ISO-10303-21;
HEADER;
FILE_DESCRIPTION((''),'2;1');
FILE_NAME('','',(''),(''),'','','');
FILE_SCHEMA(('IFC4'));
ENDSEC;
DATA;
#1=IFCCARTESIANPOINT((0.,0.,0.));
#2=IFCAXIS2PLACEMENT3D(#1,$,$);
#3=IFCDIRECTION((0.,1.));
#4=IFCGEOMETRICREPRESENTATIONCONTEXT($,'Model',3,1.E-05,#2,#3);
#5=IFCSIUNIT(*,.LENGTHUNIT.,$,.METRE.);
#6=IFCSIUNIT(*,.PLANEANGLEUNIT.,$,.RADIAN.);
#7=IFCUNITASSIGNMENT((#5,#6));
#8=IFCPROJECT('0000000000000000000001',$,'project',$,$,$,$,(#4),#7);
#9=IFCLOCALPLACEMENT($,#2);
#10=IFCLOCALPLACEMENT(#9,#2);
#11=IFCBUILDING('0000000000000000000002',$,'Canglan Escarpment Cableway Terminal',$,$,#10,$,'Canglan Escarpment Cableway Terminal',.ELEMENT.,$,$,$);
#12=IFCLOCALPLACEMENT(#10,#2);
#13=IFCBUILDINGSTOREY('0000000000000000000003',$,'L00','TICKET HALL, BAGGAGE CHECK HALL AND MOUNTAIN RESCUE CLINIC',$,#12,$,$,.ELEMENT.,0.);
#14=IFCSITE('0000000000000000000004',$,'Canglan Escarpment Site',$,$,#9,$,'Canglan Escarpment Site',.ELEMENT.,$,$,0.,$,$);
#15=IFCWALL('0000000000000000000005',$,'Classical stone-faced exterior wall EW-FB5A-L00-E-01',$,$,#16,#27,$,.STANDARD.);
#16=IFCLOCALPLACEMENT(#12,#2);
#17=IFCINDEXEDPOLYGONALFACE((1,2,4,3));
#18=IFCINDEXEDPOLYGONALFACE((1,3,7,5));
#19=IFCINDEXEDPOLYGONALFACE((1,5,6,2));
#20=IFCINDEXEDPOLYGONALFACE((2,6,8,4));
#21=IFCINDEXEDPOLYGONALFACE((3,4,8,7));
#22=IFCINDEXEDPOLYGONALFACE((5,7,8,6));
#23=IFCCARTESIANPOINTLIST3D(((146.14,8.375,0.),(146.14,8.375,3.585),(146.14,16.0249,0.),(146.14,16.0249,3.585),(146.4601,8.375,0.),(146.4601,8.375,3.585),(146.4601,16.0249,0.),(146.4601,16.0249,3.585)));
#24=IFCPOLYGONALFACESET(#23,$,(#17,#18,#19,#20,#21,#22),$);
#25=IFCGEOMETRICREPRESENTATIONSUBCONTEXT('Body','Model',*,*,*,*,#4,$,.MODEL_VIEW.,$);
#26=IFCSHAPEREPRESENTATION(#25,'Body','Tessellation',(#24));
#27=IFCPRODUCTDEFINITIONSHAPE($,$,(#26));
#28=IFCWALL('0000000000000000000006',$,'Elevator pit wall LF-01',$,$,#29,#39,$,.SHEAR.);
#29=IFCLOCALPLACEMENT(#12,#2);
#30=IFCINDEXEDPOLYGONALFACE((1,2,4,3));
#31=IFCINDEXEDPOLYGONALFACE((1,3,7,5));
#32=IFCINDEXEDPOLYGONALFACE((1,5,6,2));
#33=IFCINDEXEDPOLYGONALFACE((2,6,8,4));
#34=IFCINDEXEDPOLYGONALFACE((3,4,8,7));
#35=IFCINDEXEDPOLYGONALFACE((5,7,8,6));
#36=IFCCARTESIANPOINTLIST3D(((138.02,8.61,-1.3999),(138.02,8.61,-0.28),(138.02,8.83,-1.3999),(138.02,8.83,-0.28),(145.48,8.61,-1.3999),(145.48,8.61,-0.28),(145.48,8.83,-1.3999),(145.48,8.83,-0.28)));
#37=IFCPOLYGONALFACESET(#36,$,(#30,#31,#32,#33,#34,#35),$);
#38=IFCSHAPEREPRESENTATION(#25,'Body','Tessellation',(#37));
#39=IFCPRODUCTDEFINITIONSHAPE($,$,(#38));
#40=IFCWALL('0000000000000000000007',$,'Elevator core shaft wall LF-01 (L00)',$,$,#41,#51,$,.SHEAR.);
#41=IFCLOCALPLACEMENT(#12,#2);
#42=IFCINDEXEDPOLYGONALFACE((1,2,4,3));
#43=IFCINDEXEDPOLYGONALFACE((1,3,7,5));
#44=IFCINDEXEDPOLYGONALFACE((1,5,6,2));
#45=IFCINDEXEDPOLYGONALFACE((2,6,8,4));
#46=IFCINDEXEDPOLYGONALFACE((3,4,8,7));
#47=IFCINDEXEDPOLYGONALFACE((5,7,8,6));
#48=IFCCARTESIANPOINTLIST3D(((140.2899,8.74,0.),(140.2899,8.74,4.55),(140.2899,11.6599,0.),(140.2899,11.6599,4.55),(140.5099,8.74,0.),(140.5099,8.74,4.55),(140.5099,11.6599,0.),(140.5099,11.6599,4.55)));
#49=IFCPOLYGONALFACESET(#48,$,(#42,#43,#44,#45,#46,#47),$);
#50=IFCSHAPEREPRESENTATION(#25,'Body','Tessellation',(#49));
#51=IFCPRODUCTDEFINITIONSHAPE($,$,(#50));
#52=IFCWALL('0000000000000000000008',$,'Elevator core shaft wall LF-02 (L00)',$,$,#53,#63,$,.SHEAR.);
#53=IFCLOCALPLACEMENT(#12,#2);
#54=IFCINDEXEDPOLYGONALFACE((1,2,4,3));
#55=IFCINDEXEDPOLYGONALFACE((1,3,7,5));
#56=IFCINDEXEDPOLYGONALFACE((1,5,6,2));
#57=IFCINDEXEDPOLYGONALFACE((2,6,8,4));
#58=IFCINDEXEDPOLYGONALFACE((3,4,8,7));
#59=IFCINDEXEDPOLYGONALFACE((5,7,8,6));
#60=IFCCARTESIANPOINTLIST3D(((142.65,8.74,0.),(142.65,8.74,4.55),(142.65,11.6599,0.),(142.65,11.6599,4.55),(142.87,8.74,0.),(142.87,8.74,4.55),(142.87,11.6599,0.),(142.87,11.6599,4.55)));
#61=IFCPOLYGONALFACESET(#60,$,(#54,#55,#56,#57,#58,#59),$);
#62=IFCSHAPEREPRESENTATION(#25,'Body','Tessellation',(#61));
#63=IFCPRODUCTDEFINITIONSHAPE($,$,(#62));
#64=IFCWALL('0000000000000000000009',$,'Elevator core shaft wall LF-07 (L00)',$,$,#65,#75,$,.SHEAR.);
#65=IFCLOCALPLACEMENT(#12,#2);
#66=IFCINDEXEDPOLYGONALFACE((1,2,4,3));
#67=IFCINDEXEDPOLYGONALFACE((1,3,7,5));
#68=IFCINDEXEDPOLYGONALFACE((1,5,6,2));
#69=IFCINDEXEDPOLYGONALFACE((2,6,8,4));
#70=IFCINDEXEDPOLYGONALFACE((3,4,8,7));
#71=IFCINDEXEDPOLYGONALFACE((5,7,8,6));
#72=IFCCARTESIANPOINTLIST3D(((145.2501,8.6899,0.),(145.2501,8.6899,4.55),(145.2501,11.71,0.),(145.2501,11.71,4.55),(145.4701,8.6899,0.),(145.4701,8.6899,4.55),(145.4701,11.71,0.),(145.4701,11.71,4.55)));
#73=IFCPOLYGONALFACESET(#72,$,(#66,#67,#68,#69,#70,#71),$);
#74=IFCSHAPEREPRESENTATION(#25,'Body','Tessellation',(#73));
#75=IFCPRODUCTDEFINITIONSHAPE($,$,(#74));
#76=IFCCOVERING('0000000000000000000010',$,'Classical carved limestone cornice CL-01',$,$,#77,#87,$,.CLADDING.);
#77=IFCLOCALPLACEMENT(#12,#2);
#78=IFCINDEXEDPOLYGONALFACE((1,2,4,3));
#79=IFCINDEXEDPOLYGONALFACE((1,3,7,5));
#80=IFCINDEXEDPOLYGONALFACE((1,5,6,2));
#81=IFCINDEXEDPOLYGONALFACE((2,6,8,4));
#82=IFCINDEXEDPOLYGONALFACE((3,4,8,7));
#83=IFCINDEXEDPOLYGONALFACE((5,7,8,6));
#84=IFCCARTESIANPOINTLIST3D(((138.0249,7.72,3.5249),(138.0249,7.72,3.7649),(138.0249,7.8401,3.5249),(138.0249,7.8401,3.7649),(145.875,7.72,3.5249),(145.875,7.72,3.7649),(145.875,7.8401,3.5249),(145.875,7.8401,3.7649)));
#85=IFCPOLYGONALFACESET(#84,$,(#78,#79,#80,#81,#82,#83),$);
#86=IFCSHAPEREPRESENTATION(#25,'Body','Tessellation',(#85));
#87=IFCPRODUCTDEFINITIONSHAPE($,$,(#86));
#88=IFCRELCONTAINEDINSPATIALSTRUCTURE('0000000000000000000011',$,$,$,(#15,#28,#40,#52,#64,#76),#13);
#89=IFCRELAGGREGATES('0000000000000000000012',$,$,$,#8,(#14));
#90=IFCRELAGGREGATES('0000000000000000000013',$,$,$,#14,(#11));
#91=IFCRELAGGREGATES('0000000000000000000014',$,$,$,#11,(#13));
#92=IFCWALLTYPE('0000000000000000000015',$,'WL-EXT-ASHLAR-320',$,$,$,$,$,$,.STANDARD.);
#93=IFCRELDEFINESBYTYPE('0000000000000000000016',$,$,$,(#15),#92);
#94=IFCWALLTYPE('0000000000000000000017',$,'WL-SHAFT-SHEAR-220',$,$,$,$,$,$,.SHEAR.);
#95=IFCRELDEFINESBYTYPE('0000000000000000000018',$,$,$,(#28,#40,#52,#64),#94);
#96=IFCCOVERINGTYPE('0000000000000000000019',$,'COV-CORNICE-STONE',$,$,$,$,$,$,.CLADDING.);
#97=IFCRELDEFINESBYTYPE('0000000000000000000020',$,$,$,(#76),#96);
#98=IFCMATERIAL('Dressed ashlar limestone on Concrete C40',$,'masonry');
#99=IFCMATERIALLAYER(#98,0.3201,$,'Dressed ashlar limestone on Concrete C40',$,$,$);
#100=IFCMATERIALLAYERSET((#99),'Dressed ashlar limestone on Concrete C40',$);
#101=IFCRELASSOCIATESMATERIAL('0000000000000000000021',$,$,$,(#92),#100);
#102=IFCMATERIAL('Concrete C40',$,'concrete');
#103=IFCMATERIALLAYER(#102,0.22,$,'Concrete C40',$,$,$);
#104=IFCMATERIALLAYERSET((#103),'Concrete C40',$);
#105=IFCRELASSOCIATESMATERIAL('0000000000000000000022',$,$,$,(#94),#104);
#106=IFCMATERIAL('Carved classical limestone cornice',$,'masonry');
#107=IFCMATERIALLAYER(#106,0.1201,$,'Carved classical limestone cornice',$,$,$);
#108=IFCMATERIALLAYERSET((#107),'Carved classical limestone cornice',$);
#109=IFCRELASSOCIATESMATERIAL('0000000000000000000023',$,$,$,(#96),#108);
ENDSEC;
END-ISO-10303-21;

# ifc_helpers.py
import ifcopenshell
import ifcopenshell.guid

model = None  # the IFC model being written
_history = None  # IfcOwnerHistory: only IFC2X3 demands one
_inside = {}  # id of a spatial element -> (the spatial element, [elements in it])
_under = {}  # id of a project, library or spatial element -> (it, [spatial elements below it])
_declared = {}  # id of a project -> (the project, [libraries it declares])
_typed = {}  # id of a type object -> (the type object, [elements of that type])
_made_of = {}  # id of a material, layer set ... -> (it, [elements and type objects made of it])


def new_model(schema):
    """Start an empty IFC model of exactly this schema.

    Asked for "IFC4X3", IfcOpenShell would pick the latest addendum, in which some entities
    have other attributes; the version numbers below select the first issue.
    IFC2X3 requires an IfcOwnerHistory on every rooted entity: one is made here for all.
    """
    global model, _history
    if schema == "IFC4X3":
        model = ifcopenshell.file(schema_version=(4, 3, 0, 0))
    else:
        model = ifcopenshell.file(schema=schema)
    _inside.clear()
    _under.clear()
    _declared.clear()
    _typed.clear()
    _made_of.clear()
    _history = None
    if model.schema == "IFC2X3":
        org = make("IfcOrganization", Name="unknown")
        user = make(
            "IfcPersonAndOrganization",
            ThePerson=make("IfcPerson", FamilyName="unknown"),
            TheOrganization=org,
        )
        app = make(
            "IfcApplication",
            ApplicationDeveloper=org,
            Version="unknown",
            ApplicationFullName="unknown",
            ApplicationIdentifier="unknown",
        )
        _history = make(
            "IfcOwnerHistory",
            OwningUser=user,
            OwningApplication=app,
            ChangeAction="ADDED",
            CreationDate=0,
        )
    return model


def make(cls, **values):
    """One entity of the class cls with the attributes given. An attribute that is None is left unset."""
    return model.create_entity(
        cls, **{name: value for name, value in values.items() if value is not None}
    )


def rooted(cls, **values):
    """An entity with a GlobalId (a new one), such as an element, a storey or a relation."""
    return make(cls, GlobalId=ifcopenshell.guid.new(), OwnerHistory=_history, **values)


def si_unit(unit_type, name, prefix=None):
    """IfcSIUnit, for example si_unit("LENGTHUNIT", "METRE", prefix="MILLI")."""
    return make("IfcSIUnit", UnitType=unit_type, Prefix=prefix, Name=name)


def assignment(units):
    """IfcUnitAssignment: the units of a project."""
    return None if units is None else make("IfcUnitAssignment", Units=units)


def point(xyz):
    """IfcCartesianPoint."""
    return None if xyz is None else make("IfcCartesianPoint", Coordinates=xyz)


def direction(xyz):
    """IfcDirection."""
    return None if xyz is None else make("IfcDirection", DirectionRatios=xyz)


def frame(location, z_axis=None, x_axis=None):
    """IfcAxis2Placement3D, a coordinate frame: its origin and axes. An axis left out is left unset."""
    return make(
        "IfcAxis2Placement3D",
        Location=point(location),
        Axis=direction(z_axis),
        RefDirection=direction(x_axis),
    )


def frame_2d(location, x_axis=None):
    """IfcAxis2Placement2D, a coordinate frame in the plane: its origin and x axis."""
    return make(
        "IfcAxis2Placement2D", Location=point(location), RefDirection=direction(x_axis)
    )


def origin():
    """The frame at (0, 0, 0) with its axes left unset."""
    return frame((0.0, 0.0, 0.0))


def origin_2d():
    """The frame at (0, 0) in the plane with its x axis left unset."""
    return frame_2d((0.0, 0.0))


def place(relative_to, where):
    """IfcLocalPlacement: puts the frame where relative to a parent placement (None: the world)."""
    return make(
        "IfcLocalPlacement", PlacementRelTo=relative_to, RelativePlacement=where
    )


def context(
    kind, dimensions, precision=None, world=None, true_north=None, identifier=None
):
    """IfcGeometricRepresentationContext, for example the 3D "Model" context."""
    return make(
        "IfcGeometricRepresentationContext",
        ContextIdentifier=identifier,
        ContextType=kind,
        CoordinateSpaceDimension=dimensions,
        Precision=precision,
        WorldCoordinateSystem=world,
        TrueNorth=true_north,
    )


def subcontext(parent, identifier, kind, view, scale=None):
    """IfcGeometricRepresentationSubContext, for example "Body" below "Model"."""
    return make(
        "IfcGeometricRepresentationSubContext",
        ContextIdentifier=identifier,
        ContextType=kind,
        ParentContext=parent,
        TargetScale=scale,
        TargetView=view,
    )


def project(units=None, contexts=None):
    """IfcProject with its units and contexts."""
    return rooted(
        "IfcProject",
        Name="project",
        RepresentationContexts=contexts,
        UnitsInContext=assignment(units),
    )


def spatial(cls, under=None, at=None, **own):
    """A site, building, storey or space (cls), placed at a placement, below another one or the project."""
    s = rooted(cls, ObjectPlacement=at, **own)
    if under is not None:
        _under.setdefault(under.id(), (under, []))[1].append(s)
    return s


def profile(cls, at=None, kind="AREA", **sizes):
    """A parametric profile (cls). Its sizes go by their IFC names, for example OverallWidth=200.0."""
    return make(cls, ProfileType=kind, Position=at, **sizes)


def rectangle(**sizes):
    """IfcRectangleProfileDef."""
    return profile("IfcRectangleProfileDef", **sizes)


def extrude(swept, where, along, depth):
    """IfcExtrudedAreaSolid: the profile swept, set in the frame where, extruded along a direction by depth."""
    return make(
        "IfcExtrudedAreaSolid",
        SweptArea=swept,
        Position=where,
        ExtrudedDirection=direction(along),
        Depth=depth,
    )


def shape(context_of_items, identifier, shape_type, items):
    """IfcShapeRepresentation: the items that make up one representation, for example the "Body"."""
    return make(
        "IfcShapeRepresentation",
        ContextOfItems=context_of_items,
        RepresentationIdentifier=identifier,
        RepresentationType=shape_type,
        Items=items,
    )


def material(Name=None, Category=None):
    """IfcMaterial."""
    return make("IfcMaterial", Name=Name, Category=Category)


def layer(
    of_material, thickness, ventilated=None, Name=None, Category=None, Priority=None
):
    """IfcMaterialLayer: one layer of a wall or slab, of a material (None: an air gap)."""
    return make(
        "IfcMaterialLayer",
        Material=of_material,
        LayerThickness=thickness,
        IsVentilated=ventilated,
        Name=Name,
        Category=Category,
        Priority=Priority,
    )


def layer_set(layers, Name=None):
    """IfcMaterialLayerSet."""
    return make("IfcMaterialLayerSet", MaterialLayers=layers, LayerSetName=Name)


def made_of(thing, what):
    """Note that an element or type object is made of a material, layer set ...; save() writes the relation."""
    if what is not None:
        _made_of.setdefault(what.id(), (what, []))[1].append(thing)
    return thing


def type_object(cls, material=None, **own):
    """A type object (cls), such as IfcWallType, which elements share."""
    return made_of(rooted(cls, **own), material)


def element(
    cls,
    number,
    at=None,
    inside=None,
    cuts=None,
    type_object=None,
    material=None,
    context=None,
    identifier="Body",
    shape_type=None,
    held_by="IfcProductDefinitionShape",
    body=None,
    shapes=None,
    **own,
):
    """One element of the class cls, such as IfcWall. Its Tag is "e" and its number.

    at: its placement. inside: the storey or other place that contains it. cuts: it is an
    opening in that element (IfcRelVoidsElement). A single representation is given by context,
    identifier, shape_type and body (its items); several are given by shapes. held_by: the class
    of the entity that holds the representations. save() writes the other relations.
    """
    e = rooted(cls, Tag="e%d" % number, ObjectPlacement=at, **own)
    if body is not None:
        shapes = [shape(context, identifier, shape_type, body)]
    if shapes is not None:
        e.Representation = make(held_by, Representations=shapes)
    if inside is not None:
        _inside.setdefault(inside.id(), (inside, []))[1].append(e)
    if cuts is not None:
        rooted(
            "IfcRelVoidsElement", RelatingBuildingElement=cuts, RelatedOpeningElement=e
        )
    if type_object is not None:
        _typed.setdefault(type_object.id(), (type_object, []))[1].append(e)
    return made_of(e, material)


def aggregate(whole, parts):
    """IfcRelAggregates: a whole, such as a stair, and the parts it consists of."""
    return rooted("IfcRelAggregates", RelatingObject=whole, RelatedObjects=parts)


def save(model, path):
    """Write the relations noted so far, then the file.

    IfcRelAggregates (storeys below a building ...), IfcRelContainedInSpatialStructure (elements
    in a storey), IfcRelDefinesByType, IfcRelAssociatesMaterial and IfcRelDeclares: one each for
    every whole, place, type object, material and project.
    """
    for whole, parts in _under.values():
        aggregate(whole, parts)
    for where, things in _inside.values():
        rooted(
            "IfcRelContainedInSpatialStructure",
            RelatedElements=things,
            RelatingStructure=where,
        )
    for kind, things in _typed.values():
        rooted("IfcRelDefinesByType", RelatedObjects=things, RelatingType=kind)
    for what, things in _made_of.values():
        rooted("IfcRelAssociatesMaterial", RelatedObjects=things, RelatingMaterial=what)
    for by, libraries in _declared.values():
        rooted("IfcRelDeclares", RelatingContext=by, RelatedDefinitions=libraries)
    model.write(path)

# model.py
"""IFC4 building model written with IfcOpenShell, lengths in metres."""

from ifc_helpers import new_model, si_unit, direction, frame, frame_2d, origin, origin_2d, place, context, subcontext, project, spatial, rectangle, extrude, material, layer, layer_set, type_object, element, save


model = new_model("IFC4")

# Units and contexts
model_context = context("Model", 3, precision=1e-05, world=origin(), true_north=direction((0.0, 1.0)))
body_context = subcontext(model_context, "Body", "Model", "MODEL_VIEW")
ifc_project = project(units=[si_unit("LENGTHUNIT", "METRE"), si_unit("PLANEANGLEUNIT", "RADIAN")], contexts=[model_context])

# Site, building, storey
site_placement = place(None, origin())
site = spatial("IfcSite", under=ifc_project, at=site_placement, Name="Canglan Escarpment Site", LongName="Canglan Escarpment Site", CompositionType="ELEMENT", RefElevation=0.0)
building_placement = place(site_placement, origin())
building = spatial("IfcBuilding", under=site, at=building_placement, Name="Canglan Escarpment Cableway Terminal", LongName="Canglan Escarpment Cableway Terminal", CompositionType="ELEMENT")
storey_placement = place(building_placement, origin())
storey = spatial("IfcBuildingStorey", under=building, at=storey_placement, Name="L00", Description="TICKET HALL, BAGGAGE CHECK HALL AND MOUNTAIN RESCUE CLINIC", CompositionType="ELEMENT", Elevation=0.0)

# Shared definitions
ifc_material_1 = material(Name="Concrete C40", Category="concrete")

# Walls
ifc_material_2 = material(Name="Dressed ashlar limestone on Concrete C40", Category="masonry")
ifc_layer_1 = layer(ifc_material_2, 0.3201, Name="Dressed ashlar limestone on Concrete C40")
ifc_layer_set_1 = layer_set([ifc_layer_1], Name="Dressed ashlar limestone on Concrete C40")
wall_type_1 = type_object("IfcWallType", Name="WL-EXT-ASHLAR-320", PredefinedType="STANDARD", material=ifc_layer_set_1)
wall_1_placement = place(storey_placement, frame((146.3, 8.375, 0.0), z_axis=(0.0, 0.0, 1.0), x_axis=(0.0, 1.0, 0.0)))
element("IfcWall", 1, at=wall_1_placement, inside=storey, type_object=wall_type_1, Name="Classical stone-faced exterior wall EW-FB5A-L00-E-01", PredefinedType="STANDARD", context=body_context, shape_type="SweptSolid", body=[
    extrude(rectangle(XDim=7.6499, YDim=0.3201, at=frame_2d((3.825, 0.0))), origin(), (0.0, 0.0, 1.0), 3.585),
])
ifc_layer_2 = layer(ifc_material_1, 0.22, Name="Concrete C40")
ifc_layer_set_2 = layer_set([ifc_layer_2], Name="Concrete C40")
wall_type_2 = type_object("IfcWallType", Name="WL-SHAFT-SHEAR-220", PredefinedType="SHEAR", material=ifc_layer_set_2)
wall_2_placement = place(storey_placement, frame((138.02, 8.72, -1.3999), z_axis=(0.0, 0.0, 1.0), x_axis=(1.0, 0.0, 0.0)))
element("IfcWall", 2, at=wall_2_placement, inside=storey, type_object=wall_type_2, Name="Elevator pit wall LF-01", PredefinedType="SHEAR", context=body_context, shape_type="SweptSolid", body=[
    extrude(rectangle(XDim=7.46, YDim=0.22, at=frame_2d((3.73, 0.0))), origin(), (0.0, 0.0, 1.0), 1.1199),
])
wall_3_placement = place(storey_placement, frame((140.3999, 8.74, 0.0), z_axis=(0.0, 0.0, 1.0), x_axis=(0.0, 1.0, 0.0)))
element("IfcWall", 3, at=wall_3_placement, inside=storey, type_object=wall_type_2, Name="Elevator core shaft wall LF-01 (L00)", PredefinedType="SHEAR", context=body_context, shape_type="SweptSolid", body=[
    extrude(rectangle(XDim=2.9199, YDim=0.22, at=frame_2d((1.46, 0.0))), origin(), (0.0, 0.0, 1.0), 4.55),
])
wall_4_placement = place(storey_placement, frame((142.76, 8.74, 0.0), z_axis=(0.0, 0.0, 1.0), x_axis=(0.0, 1.0, 0.0)))
element("IfcWall", 4, at=wall_4_placement, inside=storey, type_object=wall_type_2, Name="Elevator core shaft wall LF-02 (L00)", PredefinedType="SHEAR", context=body_context, shape_type="SweptSolid", body=[
    extrude(rectangle(XDim=2.9199, YDim=0.22, at=frame_2d((1.46, 0.0))), origin(), (0.0, 0.0, 1.0), 4.55),
])
wall_5_placement = place(storey_placement, frame((145.3601, 8.6899, 0.0), z_axis=(0.0, 0.0, 1.0), x_axis=(0.0, 1.0, 0.0)))
element("IfcWall", 5, at=wall_5_placement, inside=storey, type_object=wall_type_2, Name="Elevator core shaft wall LF-07 (L00)", PredefinedType="SHEAR", context=body_context, shape_type="SweptSolid", body=[
    extrude(rectangle(XDim=3.02, YDim=0.22, at=frame_2d((1.51, 0.0))), origin(), (0.0, 0.0, 1.0), 4.55),
])

# Covering
ifc_material_3 = material(Name="Carved classical limestone cornice", Category="masonry")
ifc_layer_3 = layer(ifc_material_3, 0.1201, Name="Carved classical limestone cornice")
ifc_layer_set_3 = layer_set([ifc_layer_3], Name="Carved classical limestone cornice")
covering_type = type_object("IfcCoveringType", Name="COV-CORNICE-STONE", PredefinedType="CLADDING", material=ifc_layer_set_3)
covering_placement = place(storey_placement, frame((141.95, 7.78, 3.5249), z_axis=(0.0, 0.0, 1.0), x_axis=(1.0, 0.0, 0.0)))
element("IfcCovering", 6, at=covering_placement, inside=storey, type_object=covering_type, Name="Classical carved limestone cornice CL-01", PredefinedType="CLADDING", context=body_context, shape_type="SweptSolid", body=[
    extrude(rectangle(XDim=7.8501, YDim=0.1201, at=origin_2d()), origin(), (0.0, 0.0, 1.0), 0.24),
])

save(model, "model.ifc")
